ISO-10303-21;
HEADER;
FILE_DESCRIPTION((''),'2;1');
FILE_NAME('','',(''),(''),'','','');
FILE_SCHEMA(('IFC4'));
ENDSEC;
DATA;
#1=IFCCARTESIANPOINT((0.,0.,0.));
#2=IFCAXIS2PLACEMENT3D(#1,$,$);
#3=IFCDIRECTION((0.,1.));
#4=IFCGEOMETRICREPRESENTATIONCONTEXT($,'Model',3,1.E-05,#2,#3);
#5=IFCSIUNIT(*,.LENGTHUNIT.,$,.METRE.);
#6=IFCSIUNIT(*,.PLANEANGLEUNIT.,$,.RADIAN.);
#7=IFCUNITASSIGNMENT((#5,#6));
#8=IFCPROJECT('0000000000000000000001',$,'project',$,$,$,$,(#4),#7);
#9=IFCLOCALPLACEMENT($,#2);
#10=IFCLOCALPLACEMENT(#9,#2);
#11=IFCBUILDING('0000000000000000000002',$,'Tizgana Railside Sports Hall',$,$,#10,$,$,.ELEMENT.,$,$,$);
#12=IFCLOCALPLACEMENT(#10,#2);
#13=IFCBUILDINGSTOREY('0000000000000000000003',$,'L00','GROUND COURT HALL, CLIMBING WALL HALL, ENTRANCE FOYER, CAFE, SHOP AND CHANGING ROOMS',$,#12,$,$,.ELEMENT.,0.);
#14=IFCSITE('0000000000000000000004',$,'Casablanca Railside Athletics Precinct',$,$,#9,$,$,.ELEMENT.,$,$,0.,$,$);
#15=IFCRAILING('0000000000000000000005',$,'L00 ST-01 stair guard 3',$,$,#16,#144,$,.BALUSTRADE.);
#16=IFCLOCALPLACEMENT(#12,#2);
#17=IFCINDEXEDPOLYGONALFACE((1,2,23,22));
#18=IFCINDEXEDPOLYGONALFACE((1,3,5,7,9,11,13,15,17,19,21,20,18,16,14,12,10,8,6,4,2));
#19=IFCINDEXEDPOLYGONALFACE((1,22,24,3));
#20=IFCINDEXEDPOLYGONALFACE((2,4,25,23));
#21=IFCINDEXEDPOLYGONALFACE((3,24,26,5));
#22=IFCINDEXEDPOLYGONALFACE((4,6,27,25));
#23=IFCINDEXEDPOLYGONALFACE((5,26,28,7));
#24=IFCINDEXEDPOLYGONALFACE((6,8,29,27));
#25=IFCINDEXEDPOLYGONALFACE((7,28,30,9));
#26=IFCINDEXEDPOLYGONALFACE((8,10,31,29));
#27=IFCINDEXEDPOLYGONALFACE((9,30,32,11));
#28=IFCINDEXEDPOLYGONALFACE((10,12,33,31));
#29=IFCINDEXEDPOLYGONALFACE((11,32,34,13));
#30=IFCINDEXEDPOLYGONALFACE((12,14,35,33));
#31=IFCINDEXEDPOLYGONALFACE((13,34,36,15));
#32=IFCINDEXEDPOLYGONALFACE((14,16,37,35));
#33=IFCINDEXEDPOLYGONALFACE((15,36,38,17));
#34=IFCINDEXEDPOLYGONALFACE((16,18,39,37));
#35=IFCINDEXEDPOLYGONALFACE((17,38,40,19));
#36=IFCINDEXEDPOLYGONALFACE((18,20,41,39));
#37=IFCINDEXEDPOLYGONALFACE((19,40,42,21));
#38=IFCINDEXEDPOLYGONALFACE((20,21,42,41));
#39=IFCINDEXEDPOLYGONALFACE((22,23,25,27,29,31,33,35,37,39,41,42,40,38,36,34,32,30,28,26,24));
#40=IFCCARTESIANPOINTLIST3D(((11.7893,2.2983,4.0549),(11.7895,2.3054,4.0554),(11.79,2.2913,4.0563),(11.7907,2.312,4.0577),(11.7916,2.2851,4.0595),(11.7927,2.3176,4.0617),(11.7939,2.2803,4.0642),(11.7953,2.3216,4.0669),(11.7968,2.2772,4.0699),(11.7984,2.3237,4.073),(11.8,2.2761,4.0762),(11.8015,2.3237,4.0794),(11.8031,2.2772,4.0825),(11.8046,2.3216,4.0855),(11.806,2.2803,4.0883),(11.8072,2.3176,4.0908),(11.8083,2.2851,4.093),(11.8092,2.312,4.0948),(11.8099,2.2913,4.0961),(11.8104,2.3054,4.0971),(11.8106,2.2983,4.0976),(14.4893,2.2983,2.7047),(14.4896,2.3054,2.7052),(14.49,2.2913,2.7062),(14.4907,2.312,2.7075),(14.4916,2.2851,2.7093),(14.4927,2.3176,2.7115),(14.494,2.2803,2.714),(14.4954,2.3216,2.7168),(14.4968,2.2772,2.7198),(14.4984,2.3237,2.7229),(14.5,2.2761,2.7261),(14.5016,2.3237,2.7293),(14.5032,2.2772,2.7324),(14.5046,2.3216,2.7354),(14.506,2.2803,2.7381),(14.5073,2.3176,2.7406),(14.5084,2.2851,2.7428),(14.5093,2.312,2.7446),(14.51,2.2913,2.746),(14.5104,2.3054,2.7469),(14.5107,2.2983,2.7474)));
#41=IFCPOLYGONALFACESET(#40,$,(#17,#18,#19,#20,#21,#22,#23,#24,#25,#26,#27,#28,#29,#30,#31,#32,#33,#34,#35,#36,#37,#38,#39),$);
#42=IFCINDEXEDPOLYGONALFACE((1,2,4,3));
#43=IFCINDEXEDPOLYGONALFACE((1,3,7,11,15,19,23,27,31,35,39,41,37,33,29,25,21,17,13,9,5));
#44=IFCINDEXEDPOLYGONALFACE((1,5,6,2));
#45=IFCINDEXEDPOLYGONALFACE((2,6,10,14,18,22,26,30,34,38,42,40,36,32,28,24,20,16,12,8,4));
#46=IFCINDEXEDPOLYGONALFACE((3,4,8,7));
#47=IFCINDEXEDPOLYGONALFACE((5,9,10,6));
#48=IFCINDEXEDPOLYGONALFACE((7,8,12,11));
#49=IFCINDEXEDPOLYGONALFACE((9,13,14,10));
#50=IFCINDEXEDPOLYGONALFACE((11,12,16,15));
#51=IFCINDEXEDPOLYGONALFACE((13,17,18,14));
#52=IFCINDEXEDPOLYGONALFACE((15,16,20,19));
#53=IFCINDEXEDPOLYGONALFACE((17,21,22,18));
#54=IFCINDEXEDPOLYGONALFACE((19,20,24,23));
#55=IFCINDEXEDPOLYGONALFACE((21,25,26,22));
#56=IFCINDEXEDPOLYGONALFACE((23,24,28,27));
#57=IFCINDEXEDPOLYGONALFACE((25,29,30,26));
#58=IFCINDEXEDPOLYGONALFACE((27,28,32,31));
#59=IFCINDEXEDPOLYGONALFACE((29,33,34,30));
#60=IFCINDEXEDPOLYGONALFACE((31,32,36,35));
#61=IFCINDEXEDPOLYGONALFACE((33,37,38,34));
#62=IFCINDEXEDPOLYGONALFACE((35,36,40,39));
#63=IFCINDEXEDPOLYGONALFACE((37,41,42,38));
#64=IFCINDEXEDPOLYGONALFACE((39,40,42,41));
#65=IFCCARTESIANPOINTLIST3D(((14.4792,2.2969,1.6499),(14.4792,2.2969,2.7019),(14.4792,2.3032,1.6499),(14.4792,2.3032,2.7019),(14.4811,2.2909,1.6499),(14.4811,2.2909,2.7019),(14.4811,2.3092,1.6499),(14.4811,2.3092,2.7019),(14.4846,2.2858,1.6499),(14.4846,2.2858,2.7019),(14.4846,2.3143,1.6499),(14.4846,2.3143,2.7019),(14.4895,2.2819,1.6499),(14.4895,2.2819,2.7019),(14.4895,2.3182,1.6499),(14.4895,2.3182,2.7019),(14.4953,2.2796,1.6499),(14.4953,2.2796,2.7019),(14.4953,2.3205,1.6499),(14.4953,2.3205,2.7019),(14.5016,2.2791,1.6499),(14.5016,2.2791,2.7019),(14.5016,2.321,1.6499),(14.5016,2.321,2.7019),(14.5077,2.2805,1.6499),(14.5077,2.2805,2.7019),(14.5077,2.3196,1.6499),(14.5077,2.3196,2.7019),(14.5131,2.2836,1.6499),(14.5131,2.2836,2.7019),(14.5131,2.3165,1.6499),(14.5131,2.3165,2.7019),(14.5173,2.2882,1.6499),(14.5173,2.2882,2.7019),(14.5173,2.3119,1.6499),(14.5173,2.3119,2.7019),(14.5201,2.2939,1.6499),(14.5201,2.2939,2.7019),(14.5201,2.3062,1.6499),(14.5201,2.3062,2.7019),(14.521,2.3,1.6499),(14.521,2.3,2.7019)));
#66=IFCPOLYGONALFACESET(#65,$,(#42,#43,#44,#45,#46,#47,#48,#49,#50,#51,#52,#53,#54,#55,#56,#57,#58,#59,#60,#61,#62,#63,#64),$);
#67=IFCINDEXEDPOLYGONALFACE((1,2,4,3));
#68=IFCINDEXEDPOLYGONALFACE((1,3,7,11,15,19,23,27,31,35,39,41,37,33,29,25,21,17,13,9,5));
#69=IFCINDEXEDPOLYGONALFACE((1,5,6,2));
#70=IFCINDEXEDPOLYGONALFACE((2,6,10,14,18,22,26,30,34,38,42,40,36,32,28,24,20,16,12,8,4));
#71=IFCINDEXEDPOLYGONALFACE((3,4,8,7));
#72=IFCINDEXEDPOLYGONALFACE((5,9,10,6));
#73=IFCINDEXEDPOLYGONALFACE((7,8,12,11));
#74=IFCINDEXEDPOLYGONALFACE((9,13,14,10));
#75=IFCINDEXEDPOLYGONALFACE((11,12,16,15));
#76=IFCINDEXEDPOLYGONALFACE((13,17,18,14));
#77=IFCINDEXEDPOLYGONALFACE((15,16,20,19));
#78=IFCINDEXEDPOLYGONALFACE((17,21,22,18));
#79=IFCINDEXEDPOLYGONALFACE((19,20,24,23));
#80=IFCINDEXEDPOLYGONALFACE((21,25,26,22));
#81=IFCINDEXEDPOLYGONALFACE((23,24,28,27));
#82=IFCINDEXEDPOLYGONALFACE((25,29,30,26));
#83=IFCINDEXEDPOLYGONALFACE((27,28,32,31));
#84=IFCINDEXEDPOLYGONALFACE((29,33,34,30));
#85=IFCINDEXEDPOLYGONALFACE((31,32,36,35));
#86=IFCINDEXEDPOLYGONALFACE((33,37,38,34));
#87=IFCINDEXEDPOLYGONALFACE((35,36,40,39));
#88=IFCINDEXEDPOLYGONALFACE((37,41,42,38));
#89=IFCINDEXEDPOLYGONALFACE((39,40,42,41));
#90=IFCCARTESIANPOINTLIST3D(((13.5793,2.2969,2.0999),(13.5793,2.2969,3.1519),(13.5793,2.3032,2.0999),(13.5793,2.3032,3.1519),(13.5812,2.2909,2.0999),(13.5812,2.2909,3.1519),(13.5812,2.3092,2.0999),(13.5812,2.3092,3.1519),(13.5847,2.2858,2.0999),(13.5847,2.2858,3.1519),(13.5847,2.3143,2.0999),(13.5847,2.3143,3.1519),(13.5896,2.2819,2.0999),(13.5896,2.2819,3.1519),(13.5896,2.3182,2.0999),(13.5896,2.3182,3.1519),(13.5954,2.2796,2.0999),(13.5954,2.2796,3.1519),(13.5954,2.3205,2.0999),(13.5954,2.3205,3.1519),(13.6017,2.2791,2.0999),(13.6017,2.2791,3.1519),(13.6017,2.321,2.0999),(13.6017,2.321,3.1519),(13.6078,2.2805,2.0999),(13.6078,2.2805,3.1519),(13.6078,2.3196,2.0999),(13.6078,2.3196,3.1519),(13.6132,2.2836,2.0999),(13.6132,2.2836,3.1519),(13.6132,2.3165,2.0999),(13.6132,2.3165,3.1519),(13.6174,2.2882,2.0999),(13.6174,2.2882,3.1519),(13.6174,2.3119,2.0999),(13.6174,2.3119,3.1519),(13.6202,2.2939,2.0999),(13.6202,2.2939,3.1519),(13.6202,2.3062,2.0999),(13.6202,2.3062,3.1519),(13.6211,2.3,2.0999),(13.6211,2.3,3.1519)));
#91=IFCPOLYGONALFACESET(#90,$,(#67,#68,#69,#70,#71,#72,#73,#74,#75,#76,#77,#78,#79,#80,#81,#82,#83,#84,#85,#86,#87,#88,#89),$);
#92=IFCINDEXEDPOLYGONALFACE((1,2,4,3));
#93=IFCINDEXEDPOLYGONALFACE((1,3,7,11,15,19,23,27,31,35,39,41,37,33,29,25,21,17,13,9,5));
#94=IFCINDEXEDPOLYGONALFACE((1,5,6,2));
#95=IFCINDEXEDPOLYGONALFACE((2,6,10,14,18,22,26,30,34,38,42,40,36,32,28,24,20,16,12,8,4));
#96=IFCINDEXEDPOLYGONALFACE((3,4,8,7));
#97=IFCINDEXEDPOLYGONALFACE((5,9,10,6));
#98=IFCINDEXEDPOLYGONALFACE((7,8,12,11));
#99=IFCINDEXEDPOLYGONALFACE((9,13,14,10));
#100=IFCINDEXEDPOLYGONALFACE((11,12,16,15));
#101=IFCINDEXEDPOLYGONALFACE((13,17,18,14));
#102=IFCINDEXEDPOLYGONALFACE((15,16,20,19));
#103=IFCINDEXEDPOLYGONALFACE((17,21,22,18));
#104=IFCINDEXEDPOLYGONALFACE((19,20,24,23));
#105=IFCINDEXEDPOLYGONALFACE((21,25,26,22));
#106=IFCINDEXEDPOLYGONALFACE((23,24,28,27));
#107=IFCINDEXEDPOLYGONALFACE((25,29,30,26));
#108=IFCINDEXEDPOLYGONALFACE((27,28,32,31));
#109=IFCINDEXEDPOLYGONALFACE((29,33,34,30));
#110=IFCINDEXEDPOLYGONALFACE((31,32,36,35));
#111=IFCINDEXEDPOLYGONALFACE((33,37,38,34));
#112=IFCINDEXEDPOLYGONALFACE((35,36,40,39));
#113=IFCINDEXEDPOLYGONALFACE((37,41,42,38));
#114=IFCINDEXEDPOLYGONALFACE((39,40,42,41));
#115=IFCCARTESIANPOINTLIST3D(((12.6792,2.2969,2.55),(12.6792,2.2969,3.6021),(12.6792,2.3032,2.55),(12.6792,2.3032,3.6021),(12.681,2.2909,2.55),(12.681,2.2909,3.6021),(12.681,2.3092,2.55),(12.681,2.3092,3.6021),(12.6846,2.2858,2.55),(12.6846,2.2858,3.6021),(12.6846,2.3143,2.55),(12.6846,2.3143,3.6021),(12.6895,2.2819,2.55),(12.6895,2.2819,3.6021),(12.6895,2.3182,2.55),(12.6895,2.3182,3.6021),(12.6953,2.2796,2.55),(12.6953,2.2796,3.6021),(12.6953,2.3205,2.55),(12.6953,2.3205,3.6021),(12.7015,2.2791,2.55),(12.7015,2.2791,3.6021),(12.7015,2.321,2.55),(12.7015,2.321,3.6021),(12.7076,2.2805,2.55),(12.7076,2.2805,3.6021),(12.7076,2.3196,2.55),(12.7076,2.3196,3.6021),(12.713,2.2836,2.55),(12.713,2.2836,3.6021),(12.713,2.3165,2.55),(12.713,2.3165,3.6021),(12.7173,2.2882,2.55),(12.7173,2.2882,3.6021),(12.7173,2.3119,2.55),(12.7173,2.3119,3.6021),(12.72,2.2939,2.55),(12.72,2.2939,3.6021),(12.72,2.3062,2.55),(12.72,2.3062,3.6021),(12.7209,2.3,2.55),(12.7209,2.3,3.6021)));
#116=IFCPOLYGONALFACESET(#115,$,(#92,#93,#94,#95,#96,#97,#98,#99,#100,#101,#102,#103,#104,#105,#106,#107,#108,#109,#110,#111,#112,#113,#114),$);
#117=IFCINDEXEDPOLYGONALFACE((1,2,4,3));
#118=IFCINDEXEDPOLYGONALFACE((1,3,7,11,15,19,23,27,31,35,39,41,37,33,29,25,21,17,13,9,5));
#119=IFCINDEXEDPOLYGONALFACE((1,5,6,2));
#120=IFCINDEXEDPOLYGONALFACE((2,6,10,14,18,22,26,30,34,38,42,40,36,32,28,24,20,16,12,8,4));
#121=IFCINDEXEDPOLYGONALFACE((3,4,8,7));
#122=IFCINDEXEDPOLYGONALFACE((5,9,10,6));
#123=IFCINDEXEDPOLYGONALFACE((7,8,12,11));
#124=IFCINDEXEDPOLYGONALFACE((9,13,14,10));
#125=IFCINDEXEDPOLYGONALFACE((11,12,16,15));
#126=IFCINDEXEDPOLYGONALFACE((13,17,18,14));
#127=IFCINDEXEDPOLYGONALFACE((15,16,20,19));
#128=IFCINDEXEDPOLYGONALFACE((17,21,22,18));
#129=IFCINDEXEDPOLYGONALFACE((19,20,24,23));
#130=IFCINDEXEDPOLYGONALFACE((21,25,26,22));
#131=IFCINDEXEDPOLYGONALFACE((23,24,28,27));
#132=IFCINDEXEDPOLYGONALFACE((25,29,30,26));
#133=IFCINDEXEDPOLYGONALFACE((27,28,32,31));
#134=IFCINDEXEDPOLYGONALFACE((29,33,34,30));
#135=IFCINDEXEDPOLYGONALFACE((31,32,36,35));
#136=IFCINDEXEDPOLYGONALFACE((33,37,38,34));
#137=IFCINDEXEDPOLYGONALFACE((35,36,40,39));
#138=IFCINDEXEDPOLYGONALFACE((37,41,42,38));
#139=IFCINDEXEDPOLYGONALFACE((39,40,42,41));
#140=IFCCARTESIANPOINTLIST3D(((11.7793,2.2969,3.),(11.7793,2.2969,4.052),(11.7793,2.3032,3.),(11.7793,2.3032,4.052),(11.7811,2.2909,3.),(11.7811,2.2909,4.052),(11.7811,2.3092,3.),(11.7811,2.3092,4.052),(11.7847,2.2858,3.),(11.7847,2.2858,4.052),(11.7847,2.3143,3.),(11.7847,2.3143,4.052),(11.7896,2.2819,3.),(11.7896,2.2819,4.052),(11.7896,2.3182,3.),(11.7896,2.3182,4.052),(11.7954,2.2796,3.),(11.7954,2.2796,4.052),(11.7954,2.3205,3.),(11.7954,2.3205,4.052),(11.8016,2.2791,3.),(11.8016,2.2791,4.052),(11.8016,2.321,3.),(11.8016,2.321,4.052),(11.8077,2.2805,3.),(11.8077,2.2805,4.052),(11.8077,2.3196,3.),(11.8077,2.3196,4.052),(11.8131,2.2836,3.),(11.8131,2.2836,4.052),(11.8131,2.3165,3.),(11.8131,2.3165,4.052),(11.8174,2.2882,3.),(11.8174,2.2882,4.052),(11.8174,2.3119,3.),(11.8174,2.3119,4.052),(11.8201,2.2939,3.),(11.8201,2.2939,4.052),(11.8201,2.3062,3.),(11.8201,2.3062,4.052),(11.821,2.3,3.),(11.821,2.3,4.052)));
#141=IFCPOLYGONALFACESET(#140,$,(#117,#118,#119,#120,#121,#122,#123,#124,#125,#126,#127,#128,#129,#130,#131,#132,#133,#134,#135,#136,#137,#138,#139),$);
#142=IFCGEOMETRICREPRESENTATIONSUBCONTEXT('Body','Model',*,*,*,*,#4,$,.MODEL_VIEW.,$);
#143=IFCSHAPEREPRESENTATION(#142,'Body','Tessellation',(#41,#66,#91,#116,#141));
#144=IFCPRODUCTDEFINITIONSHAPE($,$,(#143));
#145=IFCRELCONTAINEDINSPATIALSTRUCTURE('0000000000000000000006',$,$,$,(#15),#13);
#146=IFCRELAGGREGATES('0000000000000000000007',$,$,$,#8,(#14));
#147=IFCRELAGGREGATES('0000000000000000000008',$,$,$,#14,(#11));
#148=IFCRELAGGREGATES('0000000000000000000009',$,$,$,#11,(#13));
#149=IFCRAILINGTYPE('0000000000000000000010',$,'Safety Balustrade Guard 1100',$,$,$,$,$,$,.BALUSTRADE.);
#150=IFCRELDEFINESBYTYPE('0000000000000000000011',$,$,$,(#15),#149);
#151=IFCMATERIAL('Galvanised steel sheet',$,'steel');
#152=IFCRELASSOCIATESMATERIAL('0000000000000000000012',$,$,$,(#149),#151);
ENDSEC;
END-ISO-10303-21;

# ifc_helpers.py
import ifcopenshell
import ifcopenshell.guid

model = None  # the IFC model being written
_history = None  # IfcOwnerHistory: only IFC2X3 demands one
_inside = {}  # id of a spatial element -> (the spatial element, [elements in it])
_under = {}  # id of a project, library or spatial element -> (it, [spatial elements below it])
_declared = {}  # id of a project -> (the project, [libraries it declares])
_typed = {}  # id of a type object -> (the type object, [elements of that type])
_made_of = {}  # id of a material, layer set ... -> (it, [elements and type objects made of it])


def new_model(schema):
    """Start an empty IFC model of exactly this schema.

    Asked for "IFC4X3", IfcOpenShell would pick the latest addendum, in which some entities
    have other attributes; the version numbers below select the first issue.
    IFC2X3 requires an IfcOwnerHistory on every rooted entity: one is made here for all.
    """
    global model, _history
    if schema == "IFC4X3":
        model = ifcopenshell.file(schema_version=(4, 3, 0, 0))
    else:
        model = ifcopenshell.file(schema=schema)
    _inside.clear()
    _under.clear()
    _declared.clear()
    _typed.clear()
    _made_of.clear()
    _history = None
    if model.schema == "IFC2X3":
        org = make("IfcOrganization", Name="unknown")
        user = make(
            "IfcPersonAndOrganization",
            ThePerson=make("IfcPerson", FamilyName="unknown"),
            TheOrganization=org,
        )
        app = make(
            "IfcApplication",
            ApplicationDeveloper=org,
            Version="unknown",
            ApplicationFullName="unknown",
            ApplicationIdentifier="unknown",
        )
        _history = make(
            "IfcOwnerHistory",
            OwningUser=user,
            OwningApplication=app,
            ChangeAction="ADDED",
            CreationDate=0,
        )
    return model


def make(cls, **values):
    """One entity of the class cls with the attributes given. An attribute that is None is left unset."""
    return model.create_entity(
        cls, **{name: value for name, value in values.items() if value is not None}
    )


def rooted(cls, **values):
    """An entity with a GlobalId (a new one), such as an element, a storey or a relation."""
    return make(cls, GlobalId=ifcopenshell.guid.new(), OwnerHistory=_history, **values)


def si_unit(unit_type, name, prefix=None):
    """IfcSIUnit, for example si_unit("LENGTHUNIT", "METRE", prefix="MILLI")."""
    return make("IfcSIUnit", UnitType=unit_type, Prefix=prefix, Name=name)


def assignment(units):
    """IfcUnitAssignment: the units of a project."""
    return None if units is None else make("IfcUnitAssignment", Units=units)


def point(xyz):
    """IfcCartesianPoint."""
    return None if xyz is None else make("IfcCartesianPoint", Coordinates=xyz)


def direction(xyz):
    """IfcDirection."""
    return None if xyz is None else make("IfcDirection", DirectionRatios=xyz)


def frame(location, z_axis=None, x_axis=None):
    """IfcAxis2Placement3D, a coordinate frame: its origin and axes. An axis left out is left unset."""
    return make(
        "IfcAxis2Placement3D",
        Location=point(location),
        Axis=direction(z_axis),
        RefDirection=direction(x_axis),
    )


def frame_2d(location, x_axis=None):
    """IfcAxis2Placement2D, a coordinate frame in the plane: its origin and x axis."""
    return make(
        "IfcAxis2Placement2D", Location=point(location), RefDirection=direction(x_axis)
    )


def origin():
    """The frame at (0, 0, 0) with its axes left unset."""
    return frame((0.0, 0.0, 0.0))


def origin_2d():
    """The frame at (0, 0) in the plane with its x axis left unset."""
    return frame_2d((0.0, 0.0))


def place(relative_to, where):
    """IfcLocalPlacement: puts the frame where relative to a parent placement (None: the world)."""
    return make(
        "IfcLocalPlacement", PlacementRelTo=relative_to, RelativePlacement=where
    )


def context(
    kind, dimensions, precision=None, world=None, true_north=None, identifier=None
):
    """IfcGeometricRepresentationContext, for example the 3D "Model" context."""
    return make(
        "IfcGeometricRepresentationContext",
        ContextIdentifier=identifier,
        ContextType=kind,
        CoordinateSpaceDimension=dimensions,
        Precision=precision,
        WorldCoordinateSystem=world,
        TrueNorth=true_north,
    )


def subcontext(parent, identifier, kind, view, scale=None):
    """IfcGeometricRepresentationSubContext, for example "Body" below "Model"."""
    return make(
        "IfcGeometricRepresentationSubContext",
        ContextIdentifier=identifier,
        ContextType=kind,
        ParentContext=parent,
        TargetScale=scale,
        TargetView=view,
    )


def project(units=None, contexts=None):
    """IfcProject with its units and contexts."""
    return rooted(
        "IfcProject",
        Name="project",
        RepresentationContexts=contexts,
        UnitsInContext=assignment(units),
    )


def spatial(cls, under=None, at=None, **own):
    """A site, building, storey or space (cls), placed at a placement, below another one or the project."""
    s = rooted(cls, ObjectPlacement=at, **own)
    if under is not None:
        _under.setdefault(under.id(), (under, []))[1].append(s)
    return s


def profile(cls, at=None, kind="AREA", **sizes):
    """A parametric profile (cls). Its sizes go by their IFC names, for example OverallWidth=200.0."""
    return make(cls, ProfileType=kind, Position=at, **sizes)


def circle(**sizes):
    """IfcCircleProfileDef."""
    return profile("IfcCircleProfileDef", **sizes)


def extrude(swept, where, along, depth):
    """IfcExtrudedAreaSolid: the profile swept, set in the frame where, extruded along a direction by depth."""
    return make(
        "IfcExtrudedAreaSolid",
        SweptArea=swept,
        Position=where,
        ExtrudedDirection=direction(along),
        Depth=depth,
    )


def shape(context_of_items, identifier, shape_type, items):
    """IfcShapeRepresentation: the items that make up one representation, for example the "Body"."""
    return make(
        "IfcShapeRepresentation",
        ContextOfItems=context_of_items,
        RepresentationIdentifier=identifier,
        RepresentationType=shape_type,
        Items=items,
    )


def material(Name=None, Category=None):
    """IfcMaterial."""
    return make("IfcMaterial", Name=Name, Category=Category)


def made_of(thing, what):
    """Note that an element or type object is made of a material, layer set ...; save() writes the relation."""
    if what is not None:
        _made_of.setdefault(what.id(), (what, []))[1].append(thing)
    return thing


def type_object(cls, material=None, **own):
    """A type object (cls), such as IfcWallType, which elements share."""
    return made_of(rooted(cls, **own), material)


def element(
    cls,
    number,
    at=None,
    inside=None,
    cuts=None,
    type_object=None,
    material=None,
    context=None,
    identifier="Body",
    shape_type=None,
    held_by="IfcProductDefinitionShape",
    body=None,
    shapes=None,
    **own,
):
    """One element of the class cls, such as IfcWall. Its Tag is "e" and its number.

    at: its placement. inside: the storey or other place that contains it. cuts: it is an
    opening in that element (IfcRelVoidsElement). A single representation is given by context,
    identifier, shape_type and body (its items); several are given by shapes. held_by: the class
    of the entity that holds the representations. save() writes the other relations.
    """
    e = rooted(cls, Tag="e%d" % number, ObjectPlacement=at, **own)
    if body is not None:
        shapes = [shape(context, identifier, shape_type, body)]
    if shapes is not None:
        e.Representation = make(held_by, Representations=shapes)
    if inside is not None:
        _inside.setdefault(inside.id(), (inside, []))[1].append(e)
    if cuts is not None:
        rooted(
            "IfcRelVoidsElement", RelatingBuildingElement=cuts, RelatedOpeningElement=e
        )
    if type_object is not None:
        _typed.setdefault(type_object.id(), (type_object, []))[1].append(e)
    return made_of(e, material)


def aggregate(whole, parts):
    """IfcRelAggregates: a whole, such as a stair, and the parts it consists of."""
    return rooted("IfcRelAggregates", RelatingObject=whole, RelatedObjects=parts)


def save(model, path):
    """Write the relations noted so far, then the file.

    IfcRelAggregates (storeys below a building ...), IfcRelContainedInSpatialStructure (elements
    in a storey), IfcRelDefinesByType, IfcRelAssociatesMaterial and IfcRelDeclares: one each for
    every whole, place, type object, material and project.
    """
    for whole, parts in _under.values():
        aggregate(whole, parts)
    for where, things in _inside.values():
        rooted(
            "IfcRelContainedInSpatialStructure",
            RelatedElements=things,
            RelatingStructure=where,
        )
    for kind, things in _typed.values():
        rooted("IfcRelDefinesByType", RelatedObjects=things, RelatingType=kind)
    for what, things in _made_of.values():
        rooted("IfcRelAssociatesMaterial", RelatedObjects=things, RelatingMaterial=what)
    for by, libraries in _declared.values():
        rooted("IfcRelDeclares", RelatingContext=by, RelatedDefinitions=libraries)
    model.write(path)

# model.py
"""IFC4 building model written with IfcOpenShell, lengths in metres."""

from ifc_helpers import new_model, si_unit, direction, frame, origin, origin_2d, place, context, subcontext, project, spatial, circle, extrude, material, type_object, element, save


model = new_model("IFC4")

# Units and contexts
model_context = context("Model", 3, precision=1e-05, world=origin(), true_north=direction((0.0, 1.0)))
body_context = subcontext(model_context, "Body", "Model", "MODEL_VIEW")
ifc_project = project(units=[si_unit("LENGTHUNIT", "METRE"), si_unit("PLANEANGLEUNIT", "RADIAN")], contexts=[model_context])

# Site, building, storey
site_placement = place(None, origin())
site = spatial("IfcSite", under=ifc_project, at=site_placement, Name="Casablanca Railside Athletics Precinct", CompositionType="ELEMENT", RefElevation=0.0)
building_placement = place(site_placement, origin())
building = spatial("IfcBuilding", under=site, at=building_placement, Name="Tizgana Railside Sports Hall", CompositionType="ELEMENT")
storey_placement = place(building_placement, origin())
storey = spatial("IfcBuildingStorey", under=building, at=storey_placement, Name="L00", Description="GROUND COURT HALL, CLIMBING WALL HALL, ENTRANCE FOYER, CAFE, SHOP AND CHANGING ROOMS", CompositionType="ELEMENT", Elevation=0.0)

# Railing
ifc_material_1 = material(Name="Galvanised steel sheet", Category="steel")
railing_type_1 = type_object("IfcRailingType", Name="Safety Balustrade Guard 1100", PredefinedType="BALUSTRADE", material=ifc_material_1)
railing_1_placement = place(storey_placement, frame((14.5, 2.3, 1.6499)))
element("IfcRailing", 1, at=railing_1_placement, inside=storey, type_object=railing_type_1, Name="L00 ST-01 stair guard 3", PredefinedType="BALUSTRADE", context=body_context, shape_type="SweptSolid", body=[
    extrude(circle(Radius=0.0239, at=origin_2d()), frame((0.0, 0.0, 1.0762), z_axis=(-0.894411, 0.0, 0.447246), x_axis=(0.0, -1.0, 0.0)), (0.0, 0.0, 1.0), 3.0188),
    extrude(circle(Radius=0.021, at=origin_2d()), origin(), (0.0, 0.0, 1.0), 1.052),
    extrude(circle(Radius=0.021, at=origin_2d()), frame((-0.8999, 0.0, 0.45)), (0.0, 0.0, 1.0), 1.052),
    extrude(circle(Radius=0.021, at=origin_2d()), frame((-1.8, 0.0, 0.9001)), (0.0, 0.0, 1.0), 1.052),
    extrude(circle(Radius=0.021, at=origin_2d()), frame((-2.7, 0.0, 1.3501)), (0.0, 0.0, 1.0), 1.052),
])

save(model, "model.ifc")
